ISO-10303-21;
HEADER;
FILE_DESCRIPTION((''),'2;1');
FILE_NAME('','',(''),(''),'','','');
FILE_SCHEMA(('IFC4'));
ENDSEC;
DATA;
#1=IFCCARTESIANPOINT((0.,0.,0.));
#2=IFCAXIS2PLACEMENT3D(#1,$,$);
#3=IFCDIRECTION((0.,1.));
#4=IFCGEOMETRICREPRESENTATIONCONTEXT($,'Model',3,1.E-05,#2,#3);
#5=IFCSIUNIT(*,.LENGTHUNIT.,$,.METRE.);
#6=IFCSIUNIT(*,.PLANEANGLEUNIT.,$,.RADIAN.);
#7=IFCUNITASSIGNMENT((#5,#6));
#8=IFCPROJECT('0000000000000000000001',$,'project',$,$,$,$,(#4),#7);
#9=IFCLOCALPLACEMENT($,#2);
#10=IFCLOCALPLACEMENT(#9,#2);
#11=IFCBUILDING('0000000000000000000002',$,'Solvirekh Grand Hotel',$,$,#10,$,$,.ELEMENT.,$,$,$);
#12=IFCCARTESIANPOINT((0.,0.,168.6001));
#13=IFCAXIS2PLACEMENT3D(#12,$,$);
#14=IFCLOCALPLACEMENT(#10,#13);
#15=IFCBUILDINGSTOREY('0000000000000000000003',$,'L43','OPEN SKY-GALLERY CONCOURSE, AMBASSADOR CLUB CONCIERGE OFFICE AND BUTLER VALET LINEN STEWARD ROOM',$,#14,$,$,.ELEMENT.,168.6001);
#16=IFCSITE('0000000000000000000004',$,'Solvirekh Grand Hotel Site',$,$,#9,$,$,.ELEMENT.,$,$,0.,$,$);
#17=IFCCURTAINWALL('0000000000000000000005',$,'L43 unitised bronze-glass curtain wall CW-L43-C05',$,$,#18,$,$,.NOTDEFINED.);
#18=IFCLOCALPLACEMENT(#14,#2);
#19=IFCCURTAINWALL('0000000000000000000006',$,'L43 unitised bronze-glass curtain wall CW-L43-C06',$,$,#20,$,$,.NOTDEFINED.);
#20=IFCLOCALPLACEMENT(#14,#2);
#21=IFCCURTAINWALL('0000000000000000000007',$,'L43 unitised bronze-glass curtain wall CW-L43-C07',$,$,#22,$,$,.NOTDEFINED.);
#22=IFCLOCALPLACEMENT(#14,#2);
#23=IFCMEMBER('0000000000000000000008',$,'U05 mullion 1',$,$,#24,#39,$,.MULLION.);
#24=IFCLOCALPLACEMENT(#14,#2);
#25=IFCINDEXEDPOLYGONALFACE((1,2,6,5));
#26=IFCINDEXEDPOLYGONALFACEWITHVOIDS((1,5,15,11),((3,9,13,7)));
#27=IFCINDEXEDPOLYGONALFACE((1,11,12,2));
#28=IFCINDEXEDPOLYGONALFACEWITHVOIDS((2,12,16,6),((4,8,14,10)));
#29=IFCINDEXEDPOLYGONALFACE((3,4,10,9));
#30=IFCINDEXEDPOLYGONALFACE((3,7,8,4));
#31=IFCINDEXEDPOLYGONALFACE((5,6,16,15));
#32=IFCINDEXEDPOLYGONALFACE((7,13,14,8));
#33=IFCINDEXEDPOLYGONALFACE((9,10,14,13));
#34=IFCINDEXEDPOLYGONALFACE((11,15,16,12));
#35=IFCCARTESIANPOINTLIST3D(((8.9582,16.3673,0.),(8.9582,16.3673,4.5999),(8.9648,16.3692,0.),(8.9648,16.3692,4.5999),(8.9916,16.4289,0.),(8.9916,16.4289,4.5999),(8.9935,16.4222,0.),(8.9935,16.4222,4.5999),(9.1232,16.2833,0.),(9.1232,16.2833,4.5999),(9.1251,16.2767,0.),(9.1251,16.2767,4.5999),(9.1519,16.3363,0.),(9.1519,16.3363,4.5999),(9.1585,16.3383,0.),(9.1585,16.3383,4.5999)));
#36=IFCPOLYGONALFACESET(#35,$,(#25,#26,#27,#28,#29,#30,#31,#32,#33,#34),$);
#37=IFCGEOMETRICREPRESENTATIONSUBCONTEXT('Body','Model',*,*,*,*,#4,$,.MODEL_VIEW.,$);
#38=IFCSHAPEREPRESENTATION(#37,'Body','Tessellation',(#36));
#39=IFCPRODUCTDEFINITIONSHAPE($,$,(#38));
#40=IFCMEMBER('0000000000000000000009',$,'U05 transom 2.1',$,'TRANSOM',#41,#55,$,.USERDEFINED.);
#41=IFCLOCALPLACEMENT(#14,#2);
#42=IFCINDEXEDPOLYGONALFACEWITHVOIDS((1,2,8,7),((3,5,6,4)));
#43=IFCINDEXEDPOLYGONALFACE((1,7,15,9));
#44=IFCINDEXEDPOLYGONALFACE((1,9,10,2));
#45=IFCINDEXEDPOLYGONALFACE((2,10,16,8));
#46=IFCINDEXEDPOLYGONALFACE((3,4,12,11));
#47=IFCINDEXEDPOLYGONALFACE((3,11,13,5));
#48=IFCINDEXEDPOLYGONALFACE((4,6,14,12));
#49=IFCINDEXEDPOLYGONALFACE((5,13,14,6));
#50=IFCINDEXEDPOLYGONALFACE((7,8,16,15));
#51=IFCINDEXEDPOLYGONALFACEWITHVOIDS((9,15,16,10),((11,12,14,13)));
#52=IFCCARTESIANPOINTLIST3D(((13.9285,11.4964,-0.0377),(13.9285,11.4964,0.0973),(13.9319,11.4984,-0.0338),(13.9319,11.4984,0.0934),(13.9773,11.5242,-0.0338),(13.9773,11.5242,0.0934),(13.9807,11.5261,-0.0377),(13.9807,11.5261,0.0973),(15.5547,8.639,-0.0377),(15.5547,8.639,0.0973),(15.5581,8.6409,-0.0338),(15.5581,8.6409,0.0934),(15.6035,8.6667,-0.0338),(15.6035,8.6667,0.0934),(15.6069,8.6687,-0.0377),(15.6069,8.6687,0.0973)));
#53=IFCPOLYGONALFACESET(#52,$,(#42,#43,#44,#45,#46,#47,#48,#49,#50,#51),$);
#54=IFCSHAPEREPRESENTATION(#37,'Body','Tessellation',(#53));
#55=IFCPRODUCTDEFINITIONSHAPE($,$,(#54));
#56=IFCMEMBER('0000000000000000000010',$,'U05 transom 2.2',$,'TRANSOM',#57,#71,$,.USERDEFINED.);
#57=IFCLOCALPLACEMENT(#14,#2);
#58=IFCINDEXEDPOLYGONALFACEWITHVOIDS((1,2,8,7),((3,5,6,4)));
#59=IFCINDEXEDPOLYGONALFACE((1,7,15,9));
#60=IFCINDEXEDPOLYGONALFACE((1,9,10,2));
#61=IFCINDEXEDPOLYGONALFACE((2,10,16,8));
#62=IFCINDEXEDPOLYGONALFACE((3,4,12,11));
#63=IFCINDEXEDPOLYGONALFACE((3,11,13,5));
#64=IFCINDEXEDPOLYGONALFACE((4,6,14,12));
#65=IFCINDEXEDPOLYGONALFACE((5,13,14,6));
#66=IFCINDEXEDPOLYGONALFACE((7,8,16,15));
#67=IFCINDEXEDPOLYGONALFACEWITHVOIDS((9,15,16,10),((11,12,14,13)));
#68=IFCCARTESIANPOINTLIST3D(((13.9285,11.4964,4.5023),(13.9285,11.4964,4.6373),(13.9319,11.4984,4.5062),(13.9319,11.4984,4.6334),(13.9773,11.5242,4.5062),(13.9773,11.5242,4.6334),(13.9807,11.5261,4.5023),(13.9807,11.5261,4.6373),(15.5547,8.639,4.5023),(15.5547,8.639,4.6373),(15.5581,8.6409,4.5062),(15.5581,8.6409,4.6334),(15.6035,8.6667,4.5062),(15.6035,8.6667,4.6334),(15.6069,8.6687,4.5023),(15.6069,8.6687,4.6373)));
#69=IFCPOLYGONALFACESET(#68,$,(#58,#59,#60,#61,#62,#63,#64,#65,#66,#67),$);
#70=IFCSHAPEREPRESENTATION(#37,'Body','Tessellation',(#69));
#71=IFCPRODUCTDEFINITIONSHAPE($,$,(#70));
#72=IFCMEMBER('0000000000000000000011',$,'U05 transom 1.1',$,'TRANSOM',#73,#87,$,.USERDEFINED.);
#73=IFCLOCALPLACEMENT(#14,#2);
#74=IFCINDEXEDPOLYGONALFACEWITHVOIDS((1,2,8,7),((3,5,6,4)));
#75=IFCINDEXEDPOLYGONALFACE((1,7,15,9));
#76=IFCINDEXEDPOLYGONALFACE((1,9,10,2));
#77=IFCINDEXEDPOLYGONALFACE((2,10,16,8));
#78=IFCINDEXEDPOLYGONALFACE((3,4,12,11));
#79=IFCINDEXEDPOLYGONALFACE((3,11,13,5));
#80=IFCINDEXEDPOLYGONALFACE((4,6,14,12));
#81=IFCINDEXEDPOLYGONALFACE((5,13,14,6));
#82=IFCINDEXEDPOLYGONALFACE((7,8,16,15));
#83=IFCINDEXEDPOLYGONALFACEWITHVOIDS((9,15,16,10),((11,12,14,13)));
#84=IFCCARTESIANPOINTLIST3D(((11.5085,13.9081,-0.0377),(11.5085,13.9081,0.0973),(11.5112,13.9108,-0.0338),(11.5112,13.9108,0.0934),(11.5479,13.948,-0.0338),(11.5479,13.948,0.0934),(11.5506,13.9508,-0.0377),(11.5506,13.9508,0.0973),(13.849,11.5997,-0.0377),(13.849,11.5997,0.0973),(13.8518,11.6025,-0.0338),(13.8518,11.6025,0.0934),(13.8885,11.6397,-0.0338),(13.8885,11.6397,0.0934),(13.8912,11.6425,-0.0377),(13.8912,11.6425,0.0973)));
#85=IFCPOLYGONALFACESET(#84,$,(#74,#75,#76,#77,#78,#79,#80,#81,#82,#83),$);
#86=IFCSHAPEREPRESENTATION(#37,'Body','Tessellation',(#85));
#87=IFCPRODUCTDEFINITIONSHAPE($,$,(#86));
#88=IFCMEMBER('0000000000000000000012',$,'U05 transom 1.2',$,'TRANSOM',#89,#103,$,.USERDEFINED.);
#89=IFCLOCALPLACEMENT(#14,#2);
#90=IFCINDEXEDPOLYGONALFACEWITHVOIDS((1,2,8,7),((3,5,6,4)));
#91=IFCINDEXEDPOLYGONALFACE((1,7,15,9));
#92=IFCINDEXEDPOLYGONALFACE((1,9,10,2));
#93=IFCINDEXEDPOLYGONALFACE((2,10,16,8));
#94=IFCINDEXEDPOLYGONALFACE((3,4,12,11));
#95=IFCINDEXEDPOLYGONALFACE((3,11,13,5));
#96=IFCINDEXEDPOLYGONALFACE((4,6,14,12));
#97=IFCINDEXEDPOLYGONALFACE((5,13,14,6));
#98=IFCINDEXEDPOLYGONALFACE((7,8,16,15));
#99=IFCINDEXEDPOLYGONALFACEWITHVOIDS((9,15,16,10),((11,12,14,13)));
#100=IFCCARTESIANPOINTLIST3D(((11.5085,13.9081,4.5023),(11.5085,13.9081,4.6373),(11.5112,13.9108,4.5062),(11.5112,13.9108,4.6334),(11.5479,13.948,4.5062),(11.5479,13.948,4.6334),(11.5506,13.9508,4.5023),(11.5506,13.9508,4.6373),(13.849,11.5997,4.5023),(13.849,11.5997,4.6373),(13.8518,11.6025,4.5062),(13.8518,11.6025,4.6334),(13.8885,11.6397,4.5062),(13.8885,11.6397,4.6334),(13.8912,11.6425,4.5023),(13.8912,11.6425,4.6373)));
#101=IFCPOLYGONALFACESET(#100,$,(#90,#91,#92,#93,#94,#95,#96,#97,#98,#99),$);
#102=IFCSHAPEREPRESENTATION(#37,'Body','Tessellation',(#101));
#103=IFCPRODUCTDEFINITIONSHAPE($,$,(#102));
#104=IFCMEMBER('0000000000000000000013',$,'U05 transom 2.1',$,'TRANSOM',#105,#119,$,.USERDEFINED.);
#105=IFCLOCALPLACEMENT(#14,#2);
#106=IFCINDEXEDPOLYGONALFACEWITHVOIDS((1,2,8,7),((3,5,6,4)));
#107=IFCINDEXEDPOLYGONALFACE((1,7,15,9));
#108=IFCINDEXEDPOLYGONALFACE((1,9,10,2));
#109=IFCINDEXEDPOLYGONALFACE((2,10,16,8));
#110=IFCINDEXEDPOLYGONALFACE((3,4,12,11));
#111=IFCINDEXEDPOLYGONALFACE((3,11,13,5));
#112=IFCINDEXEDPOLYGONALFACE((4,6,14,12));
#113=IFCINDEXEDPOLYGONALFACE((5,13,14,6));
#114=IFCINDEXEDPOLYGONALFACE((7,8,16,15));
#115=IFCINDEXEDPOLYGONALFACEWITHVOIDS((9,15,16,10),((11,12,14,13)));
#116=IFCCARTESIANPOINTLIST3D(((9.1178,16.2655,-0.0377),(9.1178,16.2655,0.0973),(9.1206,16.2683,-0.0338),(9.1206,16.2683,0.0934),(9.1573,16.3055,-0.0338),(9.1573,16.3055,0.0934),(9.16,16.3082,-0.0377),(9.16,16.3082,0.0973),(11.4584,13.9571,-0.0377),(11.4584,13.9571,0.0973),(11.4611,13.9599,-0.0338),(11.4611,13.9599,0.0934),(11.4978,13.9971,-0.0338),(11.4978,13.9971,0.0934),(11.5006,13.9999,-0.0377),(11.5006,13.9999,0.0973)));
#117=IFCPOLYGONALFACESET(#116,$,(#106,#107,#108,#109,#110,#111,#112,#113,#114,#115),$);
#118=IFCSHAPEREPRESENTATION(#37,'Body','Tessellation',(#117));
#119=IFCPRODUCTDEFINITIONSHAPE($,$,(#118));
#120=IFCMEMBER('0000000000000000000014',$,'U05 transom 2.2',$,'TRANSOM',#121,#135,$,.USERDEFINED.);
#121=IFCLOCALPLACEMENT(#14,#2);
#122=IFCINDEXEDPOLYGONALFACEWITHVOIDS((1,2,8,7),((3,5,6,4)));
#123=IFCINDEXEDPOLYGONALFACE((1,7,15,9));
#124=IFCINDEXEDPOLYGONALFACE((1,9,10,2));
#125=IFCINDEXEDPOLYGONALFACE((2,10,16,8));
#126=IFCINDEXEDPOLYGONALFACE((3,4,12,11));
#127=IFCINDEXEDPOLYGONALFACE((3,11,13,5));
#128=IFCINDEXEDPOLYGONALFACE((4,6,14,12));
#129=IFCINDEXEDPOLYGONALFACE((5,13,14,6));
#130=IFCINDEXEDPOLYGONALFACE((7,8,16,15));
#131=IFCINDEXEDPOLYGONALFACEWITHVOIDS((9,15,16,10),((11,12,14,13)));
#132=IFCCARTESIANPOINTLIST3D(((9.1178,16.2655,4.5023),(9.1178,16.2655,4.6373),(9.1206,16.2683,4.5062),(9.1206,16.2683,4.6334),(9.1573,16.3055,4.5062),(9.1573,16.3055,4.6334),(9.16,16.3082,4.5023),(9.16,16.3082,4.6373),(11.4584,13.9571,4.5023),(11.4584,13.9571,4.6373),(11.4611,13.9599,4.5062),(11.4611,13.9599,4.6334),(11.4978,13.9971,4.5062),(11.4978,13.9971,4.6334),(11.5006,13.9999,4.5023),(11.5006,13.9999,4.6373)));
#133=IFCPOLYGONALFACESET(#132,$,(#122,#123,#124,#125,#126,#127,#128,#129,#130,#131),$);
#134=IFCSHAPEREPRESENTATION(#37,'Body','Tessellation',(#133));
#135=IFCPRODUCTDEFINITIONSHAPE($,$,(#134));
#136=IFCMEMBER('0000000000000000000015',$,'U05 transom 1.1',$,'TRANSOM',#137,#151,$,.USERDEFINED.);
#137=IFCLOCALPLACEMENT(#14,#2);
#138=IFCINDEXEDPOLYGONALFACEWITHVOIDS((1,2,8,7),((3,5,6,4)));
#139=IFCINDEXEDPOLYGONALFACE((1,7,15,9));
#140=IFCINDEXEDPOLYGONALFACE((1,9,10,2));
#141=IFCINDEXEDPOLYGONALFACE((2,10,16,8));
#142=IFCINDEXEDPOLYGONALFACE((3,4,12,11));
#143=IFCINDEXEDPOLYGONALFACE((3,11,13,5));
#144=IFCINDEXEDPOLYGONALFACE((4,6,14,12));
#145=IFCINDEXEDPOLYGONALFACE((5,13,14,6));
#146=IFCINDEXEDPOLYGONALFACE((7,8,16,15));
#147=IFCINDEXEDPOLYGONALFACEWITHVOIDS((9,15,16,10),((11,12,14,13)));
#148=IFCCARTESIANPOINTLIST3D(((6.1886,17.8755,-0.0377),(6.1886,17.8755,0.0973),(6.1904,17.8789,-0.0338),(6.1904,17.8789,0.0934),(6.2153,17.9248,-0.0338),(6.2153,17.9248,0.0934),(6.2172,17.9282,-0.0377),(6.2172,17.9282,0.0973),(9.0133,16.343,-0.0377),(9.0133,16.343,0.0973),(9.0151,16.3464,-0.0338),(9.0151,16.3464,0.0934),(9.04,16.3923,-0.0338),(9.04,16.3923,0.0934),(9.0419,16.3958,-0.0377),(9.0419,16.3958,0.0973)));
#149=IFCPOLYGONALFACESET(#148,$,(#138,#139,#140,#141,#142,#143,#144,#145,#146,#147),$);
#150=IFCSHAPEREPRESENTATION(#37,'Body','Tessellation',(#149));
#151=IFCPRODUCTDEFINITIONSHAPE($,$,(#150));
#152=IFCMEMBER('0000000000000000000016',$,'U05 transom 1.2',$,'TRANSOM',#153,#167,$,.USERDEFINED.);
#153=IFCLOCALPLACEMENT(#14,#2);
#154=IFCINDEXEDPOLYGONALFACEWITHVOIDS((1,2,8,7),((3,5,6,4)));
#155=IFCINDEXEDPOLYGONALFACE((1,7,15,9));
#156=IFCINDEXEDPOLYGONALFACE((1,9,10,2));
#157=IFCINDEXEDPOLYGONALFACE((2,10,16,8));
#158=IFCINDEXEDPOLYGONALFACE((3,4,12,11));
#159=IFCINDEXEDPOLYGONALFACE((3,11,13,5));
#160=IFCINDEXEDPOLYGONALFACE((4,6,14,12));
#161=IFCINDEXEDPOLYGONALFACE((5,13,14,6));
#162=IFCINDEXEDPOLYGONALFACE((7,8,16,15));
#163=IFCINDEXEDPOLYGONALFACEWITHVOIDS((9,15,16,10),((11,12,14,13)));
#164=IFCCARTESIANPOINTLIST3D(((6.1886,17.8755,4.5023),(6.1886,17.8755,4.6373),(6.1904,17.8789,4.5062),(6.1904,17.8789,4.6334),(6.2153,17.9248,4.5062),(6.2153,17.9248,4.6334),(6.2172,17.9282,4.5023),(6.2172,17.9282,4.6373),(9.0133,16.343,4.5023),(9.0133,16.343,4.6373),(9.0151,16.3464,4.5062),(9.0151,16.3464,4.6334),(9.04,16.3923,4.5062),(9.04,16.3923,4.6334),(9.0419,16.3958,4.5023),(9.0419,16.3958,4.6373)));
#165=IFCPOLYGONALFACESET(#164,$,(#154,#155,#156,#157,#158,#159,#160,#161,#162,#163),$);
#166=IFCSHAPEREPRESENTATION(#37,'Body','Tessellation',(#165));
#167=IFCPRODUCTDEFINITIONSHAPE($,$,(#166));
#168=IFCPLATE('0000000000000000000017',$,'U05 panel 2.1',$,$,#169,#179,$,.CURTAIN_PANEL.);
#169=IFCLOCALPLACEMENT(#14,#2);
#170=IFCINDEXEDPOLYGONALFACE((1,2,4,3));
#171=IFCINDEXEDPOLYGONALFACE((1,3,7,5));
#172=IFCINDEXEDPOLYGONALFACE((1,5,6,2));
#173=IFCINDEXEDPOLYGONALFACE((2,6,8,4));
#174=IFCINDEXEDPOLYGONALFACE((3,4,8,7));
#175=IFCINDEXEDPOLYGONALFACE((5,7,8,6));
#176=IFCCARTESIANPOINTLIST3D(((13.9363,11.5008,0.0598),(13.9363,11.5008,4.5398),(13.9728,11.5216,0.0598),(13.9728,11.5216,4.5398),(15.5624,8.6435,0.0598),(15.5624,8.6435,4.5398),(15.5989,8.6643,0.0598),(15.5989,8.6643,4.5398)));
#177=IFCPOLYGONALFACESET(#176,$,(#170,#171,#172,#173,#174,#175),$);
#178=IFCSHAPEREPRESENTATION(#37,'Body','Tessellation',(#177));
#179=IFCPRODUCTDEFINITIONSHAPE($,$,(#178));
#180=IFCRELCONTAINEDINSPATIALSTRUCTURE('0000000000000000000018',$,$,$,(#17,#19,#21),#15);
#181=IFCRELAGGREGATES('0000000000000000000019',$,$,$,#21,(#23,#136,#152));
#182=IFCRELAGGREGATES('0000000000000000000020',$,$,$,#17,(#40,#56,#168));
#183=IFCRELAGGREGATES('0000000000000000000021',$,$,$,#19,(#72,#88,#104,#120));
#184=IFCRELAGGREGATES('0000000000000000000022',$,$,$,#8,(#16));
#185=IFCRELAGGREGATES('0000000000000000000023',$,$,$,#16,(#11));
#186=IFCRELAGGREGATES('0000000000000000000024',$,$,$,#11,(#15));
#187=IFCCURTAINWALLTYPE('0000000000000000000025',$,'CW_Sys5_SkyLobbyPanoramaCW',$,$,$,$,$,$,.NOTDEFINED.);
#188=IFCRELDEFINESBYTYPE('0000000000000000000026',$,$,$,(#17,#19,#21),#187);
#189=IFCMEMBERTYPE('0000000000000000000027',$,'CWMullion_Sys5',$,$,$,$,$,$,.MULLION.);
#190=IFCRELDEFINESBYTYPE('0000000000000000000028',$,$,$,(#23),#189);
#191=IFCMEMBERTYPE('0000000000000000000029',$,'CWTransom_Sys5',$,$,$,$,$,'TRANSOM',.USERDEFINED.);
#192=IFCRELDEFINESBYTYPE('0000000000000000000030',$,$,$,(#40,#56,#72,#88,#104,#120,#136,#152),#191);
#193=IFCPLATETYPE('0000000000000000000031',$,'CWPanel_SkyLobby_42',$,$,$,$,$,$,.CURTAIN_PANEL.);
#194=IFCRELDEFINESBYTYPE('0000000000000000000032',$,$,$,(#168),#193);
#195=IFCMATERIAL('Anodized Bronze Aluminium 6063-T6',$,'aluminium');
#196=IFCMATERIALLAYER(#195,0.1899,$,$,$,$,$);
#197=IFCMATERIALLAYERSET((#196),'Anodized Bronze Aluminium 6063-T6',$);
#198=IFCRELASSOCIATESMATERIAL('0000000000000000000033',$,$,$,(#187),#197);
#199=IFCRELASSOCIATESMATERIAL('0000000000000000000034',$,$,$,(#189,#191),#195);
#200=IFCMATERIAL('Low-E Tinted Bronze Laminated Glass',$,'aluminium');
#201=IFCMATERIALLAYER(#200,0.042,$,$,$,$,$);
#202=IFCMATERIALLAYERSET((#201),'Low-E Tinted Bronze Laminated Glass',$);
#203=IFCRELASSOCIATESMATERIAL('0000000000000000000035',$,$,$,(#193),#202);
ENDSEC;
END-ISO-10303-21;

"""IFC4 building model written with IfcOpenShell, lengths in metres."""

from ifc_helpers import new_model, si_unit, direction, frame, origin, origin_2d, place, context, subcontext, project, spatial, rectangle, hollow_rectangle, extrude, source, transform, mapped, material, layer, layer_set, material_profile, profile_set, type_object, element, aggregate, save


model = new_model("IFC4")

# Units and contexts
model_context = context("Model", 3, precision=1e-05, world=origin(), true_north=direction((0.0, 1.0)))
body_context = subcontext(model_context, "Body", "Model", "MODEL_VIEW")
ifc_project = project(units=[si_unit("LENGTHUNIT", "METRE"), si_unit("PLANEANGLEUNIT", "RADIAN")], contexts=[model_context])

# Site, building, storey
site_placement = place(None, origin())
site = spatial("IfcSite", under=ifc_project, at=site_placement, Name="Solvirekh Grand Hotel Site", CompositionType="ELEMENT", RefElevation=0.0)
building_placement = place(site_placement, origin())
building = spatial("IfcBuilding", under=site, at=building_placement, Name="Solvirekh Grand Hotel", CompositionType="ELEMENT")
storey_placement = place(building_placement, frame((0.0, 0.0, 168.6001)))
storey = spatial("IfcBuildingStorey", under=building, at=storey_placement, Name="L43", Description="OPEN SKY-GALLERY CONCOURSE, AMBASSADOR CLUB CONCIERGE OFFICE AND BUTLER VALET LINEN STEWARD ROOM", CompositionType="ELEMENT", Elevation=168.6001)

# Curtain walls
ifc_material_1 = material(Name="Anodized Bronze Aluminium 6063-T6", Category="aluminium")
ifc_layer_1 = layer(ifc_material_1, 0.1899)
ifc_layer_set_1 = layer_set([ifc_layer_1], Name="Anodized Bronze Aluminium 6063-T6")
curtain_wall_type = type_object("IfcCurtainWallType", Name="CW_Sys5_SkyLobbyPanoramaCW", PredefinedType="NOTDEFINED", material=ifc_layer_set_1)
curtain_wall_1_placement = place(storey_placement, origin())
curtain_wall_1 = element("IfcCurtainWall", 1, at=curtain_wall_1_placement, inside=storey, type_object=curtain_wall_type, Name="L43 unitised bronze-glass curtain wall CW-L43-C05", PredefinedType="NOTDEFINED")
ifc_material_profile_1 = material_profile(ifc_material_1, hollow_rectangle(XDim=0.0701, YDim=0.1899, WallThickness=0.0049, at=origin_2d()), Name="ALU RHS 190X70X5")
ifc_profile_set_1 = profile_set([ifc_material_profile_1], Name="Anodized Bronze Aluminium 6063-T6")
member_type_1 = type_object("IfcMemberType", Name="CWMullion_Sys5", PredefinedType="MULLION", material=ifc_profile_set_1)
shared_shape_1 = source(origin(), body_context, "Body", "SweptSolid", [
    extrude(hollow_rectangle(XDim=0.0701, YDim=0.1899, WallThickness=0.0049, at=origin_2d()), origin(), (0.0, 0.0, 1.0), 4.5999),
])
curtain_wall_2_placement = place(storey_placement, origin())
curtain_wall_2 = element("IfcCurtainWall", 2, at=curtain_wall_2_placement, inside=storey, type_object=curtain_wall_type, Name="L43 unitised bronze-glass curtain wall CW-L43-C06", PredefinedType="NOTDEFINED")

# Curtain wall, member
curtain_wall_3_placement = place(storey_placement, origin())
curtain_wall_3 = element("IfcCurtainWall", 3, at=curtain_wall_3_placement, inside=storey, type_object=curtain_wall_type, Name="L43 unitised bronze-glass curtain wall CW-L43-C07", PredefinedType="NOTDEFINED")
member_1_placement = place(storey_placement, frame((9.0583, 16.3528, 0.0), z_axis=(0.0, 0.0, 1.0), x_axis=(-0.476856, -0.878982, 0.0)))
member_1 = element("IfcMember", 4, at=member_1_placement, type_object=member_type_1, Name="U05 mullion 1", PredefinedType="MULLION", context=body_context, shape_type="MappedRepresentation", body=[
    mapped(shared_shape_1, transform((0.0, 0.0, 0.0), x_axis=(1.0, 0.0, 0.0), y_axis=(0.0, 1.0, 0.0), z_axis=(0.0, 0.0, 1.0), scale=1.0)),
])

# Members
ifc_material_profile_2 = material_profile(ifc_material_1, hollow_rectangle(XDim=0.0601, YDim=0.135, WallThickness=0.0039, at=origin_2d()), Name="ALU RHS 135X60X4")
ifc_profile_set_2 = profile_set([ifc_material_profile_2], Name="Anodized Bronze Aluminium 6063-T6")
member_type_2 = type_object("IfcMemberType", Name="CWTransom_Sys5", ElementType="TRANSOM", PredefinedType="USERDEFINED", material=ifc_profile_set_2)
shared_shape_2 = source(origin(), body_context, "Body", "SweptSolid", [
    extrude(hollow_rectangle(XDim=0.0601, YDim=0.135, WallThickness=0.0039, at=origin_2d()), origin(), (0.0, 0.0, 1.0), 3.2878),
])
member_2_placement = place(storey_placement, frame((15.5808, 8.6538, 0.0298), z_axis=(-0.494627, 0.869105, 0.0), x_axis=(-0.869105, -0.494627, 0.0)))
member_2 = element("IfcMember", 5, at=member_2_placement, type_object=member_type_2, Name="U05 transom 2.1", ObjectType="TRANSOM", PredefinedType="USERDEFINED", context=body_context, shape_type="MappedRepresentation", body=[
    mapped(shared_shape_2, transform((0.0, 0.0, 0.0), x_axis=(1.0, 0.0, 0.0), y_axis=(0.0, 1.0, 0.0), z_axis=(0.0, 0.0, 1.0), scale=1.0)),
])
member_3_placement = place(storey_placement, frame((15.5808, 8.6538, 4.5698), z_axis=(-0.494627, 0.869105, 0.0), x_axis=(-0.869105, -0.494627, 0.0)))
member_3 = element("IfcMember", 6, at=member_3_placement, type_object=member_type_2, Name="U05 transom 2.2", ObjectType="TRANSOM", PredefinedType="USERDEFINED", context=body_context, shape_type="MappedRepresentation", body=[
    mapped(shared_shape_2, transform((0.0, 0.0, 0.0), x_axis=(1.0, 0.0, 0.0), y_axis=(0.0, 1.0, 0.0), z_axis=(0.0, 0.0, 1.0), scale=1.0)),
])
shared_shape_3 = source(origin(), body_context, "Body", "SweptSolid", [
    extrude(hollow_rectangle(XDim=0.0601, YDim=0.135, WallThickness=0.0039, at=origin_2d()), origin(), (0.0, 0.0, 1.0), 3.2874),
])
member_4_placement = place(storey_placement, frame((13.8701, 11.6211, 0.0298), z_axis=(-0.711991, 0.702188, 0.0), x_axis=(-0.702188, -0.711991, 0.0)))
member_4 = element("IfcMember", 7, at=member_4_placement, type_object=member_type_2, Name="U05 transom 1.1", ObjectType="TRANSOM", PredefinedType="USERDEFINED", context=body_context, shape_type="MappedRepresentation", body=[
    mapped(shared_shape_3, transform((0.0, 0.0, 0.0), x_axis=(1.0, 0.0, 0.0), y_axis=(0.0, 1.0, 0.0), z_axis=(0.0, 0.0, 1.0), scale=1.0)),
])
member_5_placement = place(storey_placement, frame((13.8701, 11.6211, 4.5698), z_axis=(-0.711991, 0.702188, 0.0), x_axis=(-0.702188, -0.711991, 0.0)))
member_5 = element("IfcMember", 8, at=member_5_placement, type_object=member_type_2, Name="U05 transom 1.2", ObjectType="TRANSOM", PredefinedType="USERDEFINED", context=body_context, shape_type="MappedRepresentation", body=[
    mapped(shared_shape_3, transform((0.0, 0.0, 0.0), x_axis=(1.0, 0.0, 0.0), y_axis=(0.0, 1.0, 0.0), z_axis=(0.0, 0.0, 1.0), scale=1.0)),
])
member_6_placement = place(storey_placement, frame((11.4795, 13.9785, 0.0298), z_axis=(-0.711991, 0.702188, 0.0), x_axis=(-0.702188, -0.711991, 0.0)))
member_6 = element("IfcMember", 9, at=member_6_placement, type_object=member_type_2, Name="U05 transom 2.1", ObjectType="TRANSOM", PredefinedType="USERDEFINED", context=body_context, shape_type="MappedRepresentation", body=[
    mapped(shared_shape_3, transform((0.0, 0.0, 0.0), x_axis=(1.0, 0.0, 0.0), y_axis=(0.0, 1.0, 0.0), z_axis=(0.0, 0.0, 1.0), scale=1.0)),
])
member_7_placement = place(storey_placement, frame((11.4795, 13.9785, 4.5698), z_axis=(-0.711991, 0.702188, 0.0), x_axis=(-0.702188, -0.711991, 0.0)))
member_7 = element("IfcMember", 10, at=member_7_placement, type_object=member_type_2, Name="U05 transom 2.2", ObjectType="TRANSOM", PredefinedType="USERDEFINED", context=body_context, shape_type="MappedRepresentation", body=[
    mapped(shared_shape_3, transform((0.0, 0.0, 0.0), x_axis=(1.0, 0.0, 0.0), y_axis=(0.0, 1.0, 0.0), z_axis=(0.0, 0.0, 1.0), scale=1.0)),
])
shared_shape_4 = source(origin(), body_context, "Body", "SweptSolid", [
    extrude(hollow_rectangle(XDim=0.0601, YDim=0.135, WallThickness=0.0039, at=origin_2d()), origin(), (0.0, 0.0, 1.0), 3.2136),
])
member_8_placement = place(storey_placement, frame((9.0276, 16.3694, 0.0298), z_axis=(-0.878976, 0.476866, 0.0), x_axis=(-0.476866, -0.878976, 0.0)))
member_8 = element("IfcMember", 11, at=member_8_placement, type_object=member_type_2, Name="U05 transom 1.1", ObjectType="TRANSOM", PredefinedType="USERDEFINED", context=body_context, shape_type="MappedRepresentation", body=[
    mapped(shared_shape_4, transform((0.0, 0.0, 0.0), x_axis=(1.0, 0.0, 0.0), y_axis=(0.0, 1.0, 0.0), z_axis=(0.0, 0.0, 1.0), scale=1.0)),
])
member_9_placement = place(storey_placement, frame((9.0276, 16.3694, 4.5698), z_axis=(-0.878976, 0.476866, 0.0), x_axis=(-0.476866, -0.878976, 0.0)))
member_9 = element("IfcMember", 12, at=member_9_placement, type_object=member_type_2, Name="U05 transom 1.2", ObjectType="TRANSOM", PredefinedType="USERDEFINED", context=body_context, shape_type="MappedRepresentation", body=[
    mapped(shared_shape_4, transform((0.0, 0.0, 0.0), x_axis=(1.0, 0.0, 0.0), y_axis=(0.0, 1.0, 0.0), z_axis=(0.0, 0.0, 1.0), scale=1.0)),
])
aggregate(curtain_wall_3, [member_1, member_8, member_9])

# Plate
ifc_material_2 = material(Name="Low-E Tinted Bronze Laminated Glass", Category="aluminium")
ifc_layer_2 = layer(ifc_material_2, 0.042)
ifc_layer_set_2 = layer_set([ifc_layer_2], Name="Low-E Tinted Bronze Laminated Glass")
plate_type = type_object("IfcPlateType", Name="CWPanel_SkyLobby_42", PredefinedType="CURTAIN_PANEL", material=ifc_layer_set_2)
shared_shape_5 = source(origin(), body_context, "Body", "SweptSolid", [
    extrude(rectangle(XDim=3.2876, YDim=0.042, at=origin_2d()), origin(), (0.0, 0.0, 1.0), 4.48),
])
plate_1_placement = place(storey_placement, frame((14.7676, 10.0825, 0.0598), z_axis=(0.0, 0.0, 1.0), x_axis=(-0.494614, 0.869112, 0.0)))
plate_1 = element("IfcPlate", 13, at=plate_1_placement, type_object=plate_type, Name="U05 panel 2.1", PredefinedType="CURTAIN_PANEL", context=body_context, shape_type="MappedRepresentation", body=[
    mapped(shared_shape_5, transform((0.0, 0.0, 0.0), x_axis=(1.0, 0.0, 0.0), y_axis=(0.0, 1.0, 0.0), z_axis=(0.0, 0.0, 1.0), scale=1.0)),
])
aggregate(curtain_wall_1, [member_2, member_3, plate_1])
aggregate(curtain_wall_2, [member_4, member_5, member_6, member_7])

save(model, "model.ifc")
